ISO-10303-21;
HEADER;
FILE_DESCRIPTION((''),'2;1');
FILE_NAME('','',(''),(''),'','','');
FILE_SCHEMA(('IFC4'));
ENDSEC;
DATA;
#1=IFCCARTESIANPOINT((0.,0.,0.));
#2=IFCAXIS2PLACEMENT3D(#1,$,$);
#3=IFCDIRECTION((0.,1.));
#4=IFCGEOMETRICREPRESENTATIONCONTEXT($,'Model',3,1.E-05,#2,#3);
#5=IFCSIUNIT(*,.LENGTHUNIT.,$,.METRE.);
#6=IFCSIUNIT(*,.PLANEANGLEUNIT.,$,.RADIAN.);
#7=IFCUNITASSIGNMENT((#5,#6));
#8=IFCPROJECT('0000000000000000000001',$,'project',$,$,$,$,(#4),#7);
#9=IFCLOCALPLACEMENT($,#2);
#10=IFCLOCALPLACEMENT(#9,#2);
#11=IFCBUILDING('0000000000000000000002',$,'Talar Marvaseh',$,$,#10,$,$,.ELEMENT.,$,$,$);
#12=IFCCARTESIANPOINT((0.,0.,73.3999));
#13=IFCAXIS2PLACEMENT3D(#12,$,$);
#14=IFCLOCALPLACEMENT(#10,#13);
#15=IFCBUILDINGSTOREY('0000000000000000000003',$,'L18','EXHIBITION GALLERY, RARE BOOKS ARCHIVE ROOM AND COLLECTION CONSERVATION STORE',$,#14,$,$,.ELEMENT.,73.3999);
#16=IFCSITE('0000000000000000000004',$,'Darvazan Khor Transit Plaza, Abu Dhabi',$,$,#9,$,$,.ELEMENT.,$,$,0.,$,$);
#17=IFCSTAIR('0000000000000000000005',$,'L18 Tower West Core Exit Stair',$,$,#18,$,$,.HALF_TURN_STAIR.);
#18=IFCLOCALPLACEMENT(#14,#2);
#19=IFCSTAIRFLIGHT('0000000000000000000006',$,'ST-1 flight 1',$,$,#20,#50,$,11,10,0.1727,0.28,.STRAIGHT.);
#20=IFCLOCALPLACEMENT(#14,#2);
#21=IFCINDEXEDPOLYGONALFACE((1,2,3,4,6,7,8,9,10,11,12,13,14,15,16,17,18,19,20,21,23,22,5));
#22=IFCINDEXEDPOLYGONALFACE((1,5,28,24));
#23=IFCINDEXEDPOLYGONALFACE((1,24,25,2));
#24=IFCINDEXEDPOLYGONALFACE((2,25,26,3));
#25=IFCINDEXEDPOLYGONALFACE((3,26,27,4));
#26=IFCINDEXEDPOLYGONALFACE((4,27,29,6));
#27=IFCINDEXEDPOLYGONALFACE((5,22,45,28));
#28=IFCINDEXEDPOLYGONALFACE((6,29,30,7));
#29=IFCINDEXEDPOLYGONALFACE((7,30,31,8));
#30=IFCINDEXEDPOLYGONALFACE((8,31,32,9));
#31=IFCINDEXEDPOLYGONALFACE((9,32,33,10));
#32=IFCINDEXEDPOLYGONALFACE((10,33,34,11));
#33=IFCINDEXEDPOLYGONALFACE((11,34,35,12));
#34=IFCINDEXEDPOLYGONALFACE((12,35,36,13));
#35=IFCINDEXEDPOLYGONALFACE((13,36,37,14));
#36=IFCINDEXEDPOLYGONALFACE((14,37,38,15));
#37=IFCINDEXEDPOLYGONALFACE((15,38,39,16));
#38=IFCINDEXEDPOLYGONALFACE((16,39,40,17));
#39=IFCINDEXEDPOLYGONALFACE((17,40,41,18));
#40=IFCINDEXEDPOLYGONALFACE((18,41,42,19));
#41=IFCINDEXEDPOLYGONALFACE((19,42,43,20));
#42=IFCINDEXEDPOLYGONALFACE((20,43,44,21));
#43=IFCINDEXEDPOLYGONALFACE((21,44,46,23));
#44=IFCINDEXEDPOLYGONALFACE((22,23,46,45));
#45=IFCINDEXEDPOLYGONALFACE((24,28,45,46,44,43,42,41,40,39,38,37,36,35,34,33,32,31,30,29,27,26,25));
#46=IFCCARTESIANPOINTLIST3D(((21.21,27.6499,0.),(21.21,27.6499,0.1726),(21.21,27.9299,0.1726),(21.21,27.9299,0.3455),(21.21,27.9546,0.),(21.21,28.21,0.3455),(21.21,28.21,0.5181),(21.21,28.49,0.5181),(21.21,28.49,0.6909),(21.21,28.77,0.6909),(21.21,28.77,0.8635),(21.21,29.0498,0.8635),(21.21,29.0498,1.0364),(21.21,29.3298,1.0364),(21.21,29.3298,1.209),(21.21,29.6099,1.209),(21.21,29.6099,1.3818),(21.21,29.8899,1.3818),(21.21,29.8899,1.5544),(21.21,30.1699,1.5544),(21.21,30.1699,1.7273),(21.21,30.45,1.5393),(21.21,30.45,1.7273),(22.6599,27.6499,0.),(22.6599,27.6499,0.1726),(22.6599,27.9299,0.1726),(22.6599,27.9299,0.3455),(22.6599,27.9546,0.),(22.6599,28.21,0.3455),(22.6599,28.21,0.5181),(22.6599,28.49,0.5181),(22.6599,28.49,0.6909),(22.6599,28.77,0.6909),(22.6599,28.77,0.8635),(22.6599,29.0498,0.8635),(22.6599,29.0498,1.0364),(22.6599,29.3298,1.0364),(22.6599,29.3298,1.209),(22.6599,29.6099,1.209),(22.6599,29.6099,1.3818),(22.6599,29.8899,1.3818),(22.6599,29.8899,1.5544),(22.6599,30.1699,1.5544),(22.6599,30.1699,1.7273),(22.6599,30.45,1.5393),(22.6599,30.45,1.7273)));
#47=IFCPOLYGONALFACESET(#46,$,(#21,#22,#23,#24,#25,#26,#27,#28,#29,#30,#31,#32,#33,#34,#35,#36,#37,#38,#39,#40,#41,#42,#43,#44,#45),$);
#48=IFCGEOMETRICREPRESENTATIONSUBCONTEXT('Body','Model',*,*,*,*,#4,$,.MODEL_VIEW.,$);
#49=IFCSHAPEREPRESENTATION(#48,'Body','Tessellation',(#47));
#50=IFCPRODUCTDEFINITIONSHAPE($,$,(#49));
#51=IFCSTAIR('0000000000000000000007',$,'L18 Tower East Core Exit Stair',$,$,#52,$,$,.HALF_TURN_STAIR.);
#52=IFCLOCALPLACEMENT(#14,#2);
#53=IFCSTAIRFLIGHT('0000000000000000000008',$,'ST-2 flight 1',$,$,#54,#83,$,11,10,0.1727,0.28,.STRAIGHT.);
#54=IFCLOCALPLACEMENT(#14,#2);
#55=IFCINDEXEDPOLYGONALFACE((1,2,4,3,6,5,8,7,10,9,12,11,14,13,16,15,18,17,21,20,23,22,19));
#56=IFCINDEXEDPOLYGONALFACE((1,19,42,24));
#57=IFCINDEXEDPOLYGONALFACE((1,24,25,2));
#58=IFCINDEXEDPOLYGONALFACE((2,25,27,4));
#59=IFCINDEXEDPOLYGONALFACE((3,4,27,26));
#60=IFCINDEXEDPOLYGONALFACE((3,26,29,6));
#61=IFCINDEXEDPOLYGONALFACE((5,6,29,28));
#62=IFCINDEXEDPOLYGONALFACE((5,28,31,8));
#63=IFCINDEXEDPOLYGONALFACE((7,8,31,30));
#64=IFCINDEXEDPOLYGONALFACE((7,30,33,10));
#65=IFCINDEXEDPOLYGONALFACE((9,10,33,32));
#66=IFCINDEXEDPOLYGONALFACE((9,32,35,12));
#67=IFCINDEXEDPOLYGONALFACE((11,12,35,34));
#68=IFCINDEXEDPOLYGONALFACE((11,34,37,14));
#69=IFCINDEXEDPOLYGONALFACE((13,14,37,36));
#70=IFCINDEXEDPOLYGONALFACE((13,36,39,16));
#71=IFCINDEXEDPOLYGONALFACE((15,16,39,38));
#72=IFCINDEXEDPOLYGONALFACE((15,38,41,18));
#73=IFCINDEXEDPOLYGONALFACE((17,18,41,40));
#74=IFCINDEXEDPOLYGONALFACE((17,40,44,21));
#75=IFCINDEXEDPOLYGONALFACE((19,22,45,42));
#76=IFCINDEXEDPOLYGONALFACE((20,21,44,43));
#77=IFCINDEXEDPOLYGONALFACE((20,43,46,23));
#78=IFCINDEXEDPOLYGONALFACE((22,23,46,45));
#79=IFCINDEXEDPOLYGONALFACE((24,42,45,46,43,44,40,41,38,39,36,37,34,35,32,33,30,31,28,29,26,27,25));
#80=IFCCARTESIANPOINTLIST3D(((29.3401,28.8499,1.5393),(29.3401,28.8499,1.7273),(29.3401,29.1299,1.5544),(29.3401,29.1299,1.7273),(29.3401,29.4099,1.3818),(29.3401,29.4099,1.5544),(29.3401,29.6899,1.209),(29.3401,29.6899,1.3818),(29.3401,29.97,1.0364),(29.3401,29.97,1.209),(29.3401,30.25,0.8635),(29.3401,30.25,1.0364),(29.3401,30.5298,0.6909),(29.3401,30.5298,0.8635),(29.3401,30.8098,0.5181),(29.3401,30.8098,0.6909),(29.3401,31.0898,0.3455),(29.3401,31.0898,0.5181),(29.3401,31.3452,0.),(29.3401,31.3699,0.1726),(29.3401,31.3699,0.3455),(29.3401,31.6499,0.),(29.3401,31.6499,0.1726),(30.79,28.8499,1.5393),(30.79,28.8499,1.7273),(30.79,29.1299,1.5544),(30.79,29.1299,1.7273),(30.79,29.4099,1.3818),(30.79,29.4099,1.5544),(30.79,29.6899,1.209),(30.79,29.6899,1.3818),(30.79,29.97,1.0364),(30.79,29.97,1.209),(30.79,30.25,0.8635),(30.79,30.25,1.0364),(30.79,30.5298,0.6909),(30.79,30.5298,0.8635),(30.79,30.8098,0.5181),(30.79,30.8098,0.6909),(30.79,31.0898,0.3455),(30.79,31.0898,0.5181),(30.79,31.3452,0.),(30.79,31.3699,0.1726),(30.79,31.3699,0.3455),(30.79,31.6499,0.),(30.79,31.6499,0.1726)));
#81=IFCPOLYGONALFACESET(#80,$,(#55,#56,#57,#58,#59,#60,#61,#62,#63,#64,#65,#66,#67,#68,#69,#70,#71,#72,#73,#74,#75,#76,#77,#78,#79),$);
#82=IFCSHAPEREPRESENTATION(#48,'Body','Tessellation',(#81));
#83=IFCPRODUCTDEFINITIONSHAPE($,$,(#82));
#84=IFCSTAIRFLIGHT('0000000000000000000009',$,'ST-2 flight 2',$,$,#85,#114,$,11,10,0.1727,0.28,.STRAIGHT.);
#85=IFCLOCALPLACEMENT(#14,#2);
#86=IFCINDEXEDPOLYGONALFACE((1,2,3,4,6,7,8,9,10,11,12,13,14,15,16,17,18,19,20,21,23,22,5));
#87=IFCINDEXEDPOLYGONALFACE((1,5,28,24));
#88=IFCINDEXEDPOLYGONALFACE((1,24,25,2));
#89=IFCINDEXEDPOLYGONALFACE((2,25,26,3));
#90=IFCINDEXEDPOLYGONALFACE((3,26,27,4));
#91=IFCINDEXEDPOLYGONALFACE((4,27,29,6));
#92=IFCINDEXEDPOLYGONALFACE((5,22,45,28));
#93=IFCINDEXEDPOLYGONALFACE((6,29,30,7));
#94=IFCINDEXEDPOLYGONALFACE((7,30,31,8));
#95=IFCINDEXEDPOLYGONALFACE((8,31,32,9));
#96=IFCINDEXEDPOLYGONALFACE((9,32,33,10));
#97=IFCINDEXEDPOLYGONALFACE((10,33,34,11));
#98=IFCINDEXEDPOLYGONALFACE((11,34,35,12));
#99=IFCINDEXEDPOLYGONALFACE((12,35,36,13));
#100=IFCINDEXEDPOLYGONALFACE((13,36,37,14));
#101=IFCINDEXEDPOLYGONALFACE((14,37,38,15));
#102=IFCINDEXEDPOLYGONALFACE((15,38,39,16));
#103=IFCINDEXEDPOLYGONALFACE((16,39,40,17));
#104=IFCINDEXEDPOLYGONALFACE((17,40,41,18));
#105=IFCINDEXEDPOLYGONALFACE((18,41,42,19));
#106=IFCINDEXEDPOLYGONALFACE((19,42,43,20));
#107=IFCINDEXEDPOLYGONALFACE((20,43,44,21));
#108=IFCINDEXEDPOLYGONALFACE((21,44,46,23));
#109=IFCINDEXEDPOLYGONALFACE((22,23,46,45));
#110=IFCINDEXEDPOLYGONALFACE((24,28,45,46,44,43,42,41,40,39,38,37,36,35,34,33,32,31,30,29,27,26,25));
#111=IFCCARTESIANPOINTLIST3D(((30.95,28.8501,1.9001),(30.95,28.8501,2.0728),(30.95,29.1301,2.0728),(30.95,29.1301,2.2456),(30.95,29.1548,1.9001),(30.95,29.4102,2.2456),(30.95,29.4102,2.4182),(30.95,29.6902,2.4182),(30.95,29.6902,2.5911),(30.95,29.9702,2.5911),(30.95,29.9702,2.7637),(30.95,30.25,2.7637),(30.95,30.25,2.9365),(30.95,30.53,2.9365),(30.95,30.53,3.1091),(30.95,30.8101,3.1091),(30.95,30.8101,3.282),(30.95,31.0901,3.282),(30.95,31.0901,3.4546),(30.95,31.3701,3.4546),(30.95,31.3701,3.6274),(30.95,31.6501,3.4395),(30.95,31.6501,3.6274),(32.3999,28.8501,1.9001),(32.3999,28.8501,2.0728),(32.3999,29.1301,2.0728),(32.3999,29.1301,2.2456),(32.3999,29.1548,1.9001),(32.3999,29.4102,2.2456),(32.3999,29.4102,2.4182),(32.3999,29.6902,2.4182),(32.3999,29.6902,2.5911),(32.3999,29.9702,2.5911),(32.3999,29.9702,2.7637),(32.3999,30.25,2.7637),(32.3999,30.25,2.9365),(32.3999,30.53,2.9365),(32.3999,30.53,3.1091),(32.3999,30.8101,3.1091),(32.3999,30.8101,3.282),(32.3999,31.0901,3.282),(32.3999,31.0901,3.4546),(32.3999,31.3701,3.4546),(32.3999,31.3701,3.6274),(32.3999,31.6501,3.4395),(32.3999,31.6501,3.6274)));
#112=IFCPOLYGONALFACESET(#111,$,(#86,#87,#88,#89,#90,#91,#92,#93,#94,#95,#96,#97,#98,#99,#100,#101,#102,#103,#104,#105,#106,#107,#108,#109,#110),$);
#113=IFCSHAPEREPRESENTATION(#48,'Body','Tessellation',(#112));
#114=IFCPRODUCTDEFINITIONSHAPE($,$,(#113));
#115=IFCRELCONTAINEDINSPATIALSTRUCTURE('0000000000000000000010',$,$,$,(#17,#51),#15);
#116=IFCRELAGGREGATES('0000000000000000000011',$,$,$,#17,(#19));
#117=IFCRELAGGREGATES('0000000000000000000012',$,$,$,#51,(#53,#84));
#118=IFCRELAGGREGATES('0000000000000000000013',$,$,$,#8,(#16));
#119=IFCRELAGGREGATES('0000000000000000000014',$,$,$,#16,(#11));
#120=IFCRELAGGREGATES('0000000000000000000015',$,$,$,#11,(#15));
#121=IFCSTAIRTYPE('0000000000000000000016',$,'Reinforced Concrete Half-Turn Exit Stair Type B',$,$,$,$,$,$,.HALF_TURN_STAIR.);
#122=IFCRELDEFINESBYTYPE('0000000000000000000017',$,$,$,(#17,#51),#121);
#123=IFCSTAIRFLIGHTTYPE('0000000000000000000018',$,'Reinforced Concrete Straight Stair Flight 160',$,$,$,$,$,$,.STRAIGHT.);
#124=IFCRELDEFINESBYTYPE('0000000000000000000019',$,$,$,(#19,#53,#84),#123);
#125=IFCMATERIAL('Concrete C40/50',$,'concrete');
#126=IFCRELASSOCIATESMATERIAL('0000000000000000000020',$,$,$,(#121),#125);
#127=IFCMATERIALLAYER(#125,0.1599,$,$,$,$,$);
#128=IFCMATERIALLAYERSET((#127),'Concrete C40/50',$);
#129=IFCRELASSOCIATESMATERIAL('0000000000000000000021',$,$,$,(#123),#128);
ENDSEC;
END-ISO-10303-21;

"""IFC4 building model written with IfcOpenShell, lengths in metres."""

from ifc_helpers import new_model, si_unit, direction, frame, origin, place, context, subcontext, project, spatial, polyline, outline, extrude, material, layer, layer_set, type_object, element, aggregate, save


model = new_model("IFC4")

# Units and contexts
model_context = context("Model", 3, precision=1e-05, world=origin(), true_north=direction((0.0, 1.0)))
body_context = subcontext(model_context, "Body", "Model", "MODEL_VIEW")
ifc_project = project(units=[si_unit("LENGTHUNIT", "METRE"), si_unit("PLANEANGLEUNIT", "RADIAN")], contexts=[model_context])

# Site, building, storey
site_placement = place(None, origin())
site = spatial("IfcSite", under=ifc_project, at=site_placement, Name="Darvazan Khor Transit Plaza, Abu Dhabi", CompositionType="ELEMENT", RefElevation=0.0)
building_placement = place(site_placement, origin())
building = spatial("IfcBuilding", under=site, at=building_placement, Name="Talar Marvaseh", CompositionType="ELEMENT")
storey_placement = place(building_placement, frame((0.0, 0.0, 73.3999)))
storey = spatial("IfcBuildingStorey", under=building, at=storey_placement, Name="L18", Description="EXHIBITION GALLERY, RARE BOOKS ARCHIVE ROOM AND COLLECTION CONSERVATION STORE", CompositionType="ELEMENT", Elevation=73.3999)

# Shared definitions
ifc_material_1 = material(Name="Concrete C40/50", Category="concrete")

# Stair, stair flight
stair_type = type_object("IfcStairType", Name="Reinforced Concrete Half-Turn Exit Stair Type B", PredefinedType="HALF_TURN_STAIR", material=ifc_material_1)
stair_1_placement = place(storey_placement, origin())
stair_1 = element("IfcStair", 1, at=stair_1_placement, inside=storey, type_object=stair_type, Name="L18 Tower West Core Exit Stair", PredefinedType="HALF_TURN_STAIR")
ifc_layer_1 = layer(ifc_material_1, 0.1599)
ifc_layer_set_1 = layer_set([ifc_layer_1], Name="Concrete C40/50")
stair_flight_type = type_object("IfcStairFlightType", Name="Reinforced Concrete Straight Stair Flight 160", PredefinedType="STRAIGHT", material=ifc_layer_set_1)
stair_flight_1_placement = place(storey_placement, frame((21.9351, 27.6499, 0.0), z_axis=(0.0, 0.0, 1.0), x_axis=(0.0, 1.0, 0.0)))
stair_flight_1 = element("IfcStairFlight", 2, at=stair_flight_1_placement, type_object=stair_flight_type, Name="ST-1 flight 1", NumberOfRisers=11, NumberOfTreads=10, PredefinedType="STRAIGHT", RiserHeight=0.1727, TreadLength=0.28, context=body_context, shape_type="SweptSolid", body=[
    extrude(outline(polyline([(0.0, 0.0), (0.0, 0.1726), (0.28, 0.1726), (0.28, 0.3455), (0.5601, 0.3455), (0.5601, 0.5181), (0.8401, 0.5181), (0.8401, 0.6909), (1.1201, 0.6909), (1.1201, 0.8635), (1.3999, 0.8635), (1.3999, 1.0364), (1.6799, 1.0364), (1.6799, 1.209), (1.96, 1.209), (1.96, 1.3818), (2.24, 1.3818), (2.24, 1.5544), (2.52, 1.5544), (2.52, 1.7273), (2.8, 1.7273), (2.8, 1.8999), (2.8, 1.5393), (0.3047, 0.0), (0.0, 0.0)])), frame((0.0, 0.7251, 0.0), z_axis=(0.0, -1.0, 0.0), x_axis=(1.0, 0.0, 0.0)), (0.0, 0.0, 1.0), 1.45),
])
aggregate(stair_1, [stair_flight_1])

# Stair, stair flights
stair_2_placement = place(storey_placement, origin())
stair_2 = element("IfcStair", 3, at=stair_2_placement, inside=storey, type_object=stair_type, Name="L18 Tower East Core Exit Stair", PredefinedType="HALF_TURN_STAIR")
stair_flight_2_placement = place(storey_placement, frame((30.0649, 31.6499, 0.0), z_axis=(0.0, 0.0, 1.0), x_axis=(0.0, -1.0, 0.0)))
stair_flight_2 = element("IfcStairFlight", 4, at=stair_flight_2_placement, type_object=stair_flight_type, Name="ST-2 flight 1", NumberOfRisers=11, NumberOfTreads=10, PredefinedType="STRAIGHT", RiserHeight=0.1727, TreadLength=0.28, context=body_context, shape_type="SweptSolid", body=[
    extrude(outline(polyline([(0.0, 0.0), (0.0, 0.1726), (0.28, 0.1726), (0.28, 0.3455), (0.5601, 0.3455), (0.5601, 0.5181), (0.8401, 0.5181), (0.8401, 0.6909), (1.1201, 0.6909), (1.1201, 0.8635), (1.3999, 0.8635), (1.3999, 1.0364), (1.6799, 1.0364), (1.6799, 1.209), (1.96, 1.209), (1.96, 1.3818), (2.24, 1.3818), (2.24, 1.5544), (2.52, 1.5544), (2.52, 1.7273), (2.8, 1.7273), (2.8, 1.8999), (2.8, 1.5393), (0.3047, 0.0), (0.0, 0.0)])), frame((0.0, 0.7251, 0.0), z_axis=(0.0, -1.0, 0.0), x_axis=(1.0, 0.0, 0.0)), (0.0, 0.0, 1.0), 1.45),
])
stair_flight_3_placement = place(storey_placement, frame((31.675, 28.8501, 1.9001), z_axis=(0.0, 0.0, 1.0), x_axis=(0.0, 1.0, 0.0)))
stair_flight_3 = element("IfcStairFlight", 5, at=stair_flight_3_placement, type_object=stair_flight_type, Name="ST-2 flight 2", NumberOfRisers=11, NumberOfTreads=10, PredefinedType="STRAIGHT", RiserHeight=0.1727, TreadLength=0.28, context=body_context, shape_type="SweptSolid", body=[
    extrude(outline(polyline([(0.0, 0.0), (0.0, 0.1726), (0.28, 0.1726), (0.28, 0.3455), (0.5601, 0.3455), (0.5601, 0.5181), (0.8401, 0.5181), (0.8401, 0.6909), (1.1201, 0.6909), (1.1201, 0.8635), (1.3999, 0.8635), (1.3999, 1.0364), (1.6799, 1.0364), (1.6799, 1.209), (1.96, 1.209), (1.96, 1.3818), (2.24, 1.3818), (2.24, 1.5544), (2.52, 1.5544), (2.52, 1.7273), (2.8, 1.7273), (2.8, 1.8999), (2.8, 1.5393), (0.3047, 0.0), (0.0, 0.0)])), frame((0.0, 0.7251, 0.0), z_axis=(0.0, -1.0, 0.0), x_axis=(1.0, 0.0, 0.0)), (0.0, 0.0, 1.0), 1.45),
])
aggregate(stair_2, [stair_flight_2, stair_flight_3])

save(model, "model.ifc")
